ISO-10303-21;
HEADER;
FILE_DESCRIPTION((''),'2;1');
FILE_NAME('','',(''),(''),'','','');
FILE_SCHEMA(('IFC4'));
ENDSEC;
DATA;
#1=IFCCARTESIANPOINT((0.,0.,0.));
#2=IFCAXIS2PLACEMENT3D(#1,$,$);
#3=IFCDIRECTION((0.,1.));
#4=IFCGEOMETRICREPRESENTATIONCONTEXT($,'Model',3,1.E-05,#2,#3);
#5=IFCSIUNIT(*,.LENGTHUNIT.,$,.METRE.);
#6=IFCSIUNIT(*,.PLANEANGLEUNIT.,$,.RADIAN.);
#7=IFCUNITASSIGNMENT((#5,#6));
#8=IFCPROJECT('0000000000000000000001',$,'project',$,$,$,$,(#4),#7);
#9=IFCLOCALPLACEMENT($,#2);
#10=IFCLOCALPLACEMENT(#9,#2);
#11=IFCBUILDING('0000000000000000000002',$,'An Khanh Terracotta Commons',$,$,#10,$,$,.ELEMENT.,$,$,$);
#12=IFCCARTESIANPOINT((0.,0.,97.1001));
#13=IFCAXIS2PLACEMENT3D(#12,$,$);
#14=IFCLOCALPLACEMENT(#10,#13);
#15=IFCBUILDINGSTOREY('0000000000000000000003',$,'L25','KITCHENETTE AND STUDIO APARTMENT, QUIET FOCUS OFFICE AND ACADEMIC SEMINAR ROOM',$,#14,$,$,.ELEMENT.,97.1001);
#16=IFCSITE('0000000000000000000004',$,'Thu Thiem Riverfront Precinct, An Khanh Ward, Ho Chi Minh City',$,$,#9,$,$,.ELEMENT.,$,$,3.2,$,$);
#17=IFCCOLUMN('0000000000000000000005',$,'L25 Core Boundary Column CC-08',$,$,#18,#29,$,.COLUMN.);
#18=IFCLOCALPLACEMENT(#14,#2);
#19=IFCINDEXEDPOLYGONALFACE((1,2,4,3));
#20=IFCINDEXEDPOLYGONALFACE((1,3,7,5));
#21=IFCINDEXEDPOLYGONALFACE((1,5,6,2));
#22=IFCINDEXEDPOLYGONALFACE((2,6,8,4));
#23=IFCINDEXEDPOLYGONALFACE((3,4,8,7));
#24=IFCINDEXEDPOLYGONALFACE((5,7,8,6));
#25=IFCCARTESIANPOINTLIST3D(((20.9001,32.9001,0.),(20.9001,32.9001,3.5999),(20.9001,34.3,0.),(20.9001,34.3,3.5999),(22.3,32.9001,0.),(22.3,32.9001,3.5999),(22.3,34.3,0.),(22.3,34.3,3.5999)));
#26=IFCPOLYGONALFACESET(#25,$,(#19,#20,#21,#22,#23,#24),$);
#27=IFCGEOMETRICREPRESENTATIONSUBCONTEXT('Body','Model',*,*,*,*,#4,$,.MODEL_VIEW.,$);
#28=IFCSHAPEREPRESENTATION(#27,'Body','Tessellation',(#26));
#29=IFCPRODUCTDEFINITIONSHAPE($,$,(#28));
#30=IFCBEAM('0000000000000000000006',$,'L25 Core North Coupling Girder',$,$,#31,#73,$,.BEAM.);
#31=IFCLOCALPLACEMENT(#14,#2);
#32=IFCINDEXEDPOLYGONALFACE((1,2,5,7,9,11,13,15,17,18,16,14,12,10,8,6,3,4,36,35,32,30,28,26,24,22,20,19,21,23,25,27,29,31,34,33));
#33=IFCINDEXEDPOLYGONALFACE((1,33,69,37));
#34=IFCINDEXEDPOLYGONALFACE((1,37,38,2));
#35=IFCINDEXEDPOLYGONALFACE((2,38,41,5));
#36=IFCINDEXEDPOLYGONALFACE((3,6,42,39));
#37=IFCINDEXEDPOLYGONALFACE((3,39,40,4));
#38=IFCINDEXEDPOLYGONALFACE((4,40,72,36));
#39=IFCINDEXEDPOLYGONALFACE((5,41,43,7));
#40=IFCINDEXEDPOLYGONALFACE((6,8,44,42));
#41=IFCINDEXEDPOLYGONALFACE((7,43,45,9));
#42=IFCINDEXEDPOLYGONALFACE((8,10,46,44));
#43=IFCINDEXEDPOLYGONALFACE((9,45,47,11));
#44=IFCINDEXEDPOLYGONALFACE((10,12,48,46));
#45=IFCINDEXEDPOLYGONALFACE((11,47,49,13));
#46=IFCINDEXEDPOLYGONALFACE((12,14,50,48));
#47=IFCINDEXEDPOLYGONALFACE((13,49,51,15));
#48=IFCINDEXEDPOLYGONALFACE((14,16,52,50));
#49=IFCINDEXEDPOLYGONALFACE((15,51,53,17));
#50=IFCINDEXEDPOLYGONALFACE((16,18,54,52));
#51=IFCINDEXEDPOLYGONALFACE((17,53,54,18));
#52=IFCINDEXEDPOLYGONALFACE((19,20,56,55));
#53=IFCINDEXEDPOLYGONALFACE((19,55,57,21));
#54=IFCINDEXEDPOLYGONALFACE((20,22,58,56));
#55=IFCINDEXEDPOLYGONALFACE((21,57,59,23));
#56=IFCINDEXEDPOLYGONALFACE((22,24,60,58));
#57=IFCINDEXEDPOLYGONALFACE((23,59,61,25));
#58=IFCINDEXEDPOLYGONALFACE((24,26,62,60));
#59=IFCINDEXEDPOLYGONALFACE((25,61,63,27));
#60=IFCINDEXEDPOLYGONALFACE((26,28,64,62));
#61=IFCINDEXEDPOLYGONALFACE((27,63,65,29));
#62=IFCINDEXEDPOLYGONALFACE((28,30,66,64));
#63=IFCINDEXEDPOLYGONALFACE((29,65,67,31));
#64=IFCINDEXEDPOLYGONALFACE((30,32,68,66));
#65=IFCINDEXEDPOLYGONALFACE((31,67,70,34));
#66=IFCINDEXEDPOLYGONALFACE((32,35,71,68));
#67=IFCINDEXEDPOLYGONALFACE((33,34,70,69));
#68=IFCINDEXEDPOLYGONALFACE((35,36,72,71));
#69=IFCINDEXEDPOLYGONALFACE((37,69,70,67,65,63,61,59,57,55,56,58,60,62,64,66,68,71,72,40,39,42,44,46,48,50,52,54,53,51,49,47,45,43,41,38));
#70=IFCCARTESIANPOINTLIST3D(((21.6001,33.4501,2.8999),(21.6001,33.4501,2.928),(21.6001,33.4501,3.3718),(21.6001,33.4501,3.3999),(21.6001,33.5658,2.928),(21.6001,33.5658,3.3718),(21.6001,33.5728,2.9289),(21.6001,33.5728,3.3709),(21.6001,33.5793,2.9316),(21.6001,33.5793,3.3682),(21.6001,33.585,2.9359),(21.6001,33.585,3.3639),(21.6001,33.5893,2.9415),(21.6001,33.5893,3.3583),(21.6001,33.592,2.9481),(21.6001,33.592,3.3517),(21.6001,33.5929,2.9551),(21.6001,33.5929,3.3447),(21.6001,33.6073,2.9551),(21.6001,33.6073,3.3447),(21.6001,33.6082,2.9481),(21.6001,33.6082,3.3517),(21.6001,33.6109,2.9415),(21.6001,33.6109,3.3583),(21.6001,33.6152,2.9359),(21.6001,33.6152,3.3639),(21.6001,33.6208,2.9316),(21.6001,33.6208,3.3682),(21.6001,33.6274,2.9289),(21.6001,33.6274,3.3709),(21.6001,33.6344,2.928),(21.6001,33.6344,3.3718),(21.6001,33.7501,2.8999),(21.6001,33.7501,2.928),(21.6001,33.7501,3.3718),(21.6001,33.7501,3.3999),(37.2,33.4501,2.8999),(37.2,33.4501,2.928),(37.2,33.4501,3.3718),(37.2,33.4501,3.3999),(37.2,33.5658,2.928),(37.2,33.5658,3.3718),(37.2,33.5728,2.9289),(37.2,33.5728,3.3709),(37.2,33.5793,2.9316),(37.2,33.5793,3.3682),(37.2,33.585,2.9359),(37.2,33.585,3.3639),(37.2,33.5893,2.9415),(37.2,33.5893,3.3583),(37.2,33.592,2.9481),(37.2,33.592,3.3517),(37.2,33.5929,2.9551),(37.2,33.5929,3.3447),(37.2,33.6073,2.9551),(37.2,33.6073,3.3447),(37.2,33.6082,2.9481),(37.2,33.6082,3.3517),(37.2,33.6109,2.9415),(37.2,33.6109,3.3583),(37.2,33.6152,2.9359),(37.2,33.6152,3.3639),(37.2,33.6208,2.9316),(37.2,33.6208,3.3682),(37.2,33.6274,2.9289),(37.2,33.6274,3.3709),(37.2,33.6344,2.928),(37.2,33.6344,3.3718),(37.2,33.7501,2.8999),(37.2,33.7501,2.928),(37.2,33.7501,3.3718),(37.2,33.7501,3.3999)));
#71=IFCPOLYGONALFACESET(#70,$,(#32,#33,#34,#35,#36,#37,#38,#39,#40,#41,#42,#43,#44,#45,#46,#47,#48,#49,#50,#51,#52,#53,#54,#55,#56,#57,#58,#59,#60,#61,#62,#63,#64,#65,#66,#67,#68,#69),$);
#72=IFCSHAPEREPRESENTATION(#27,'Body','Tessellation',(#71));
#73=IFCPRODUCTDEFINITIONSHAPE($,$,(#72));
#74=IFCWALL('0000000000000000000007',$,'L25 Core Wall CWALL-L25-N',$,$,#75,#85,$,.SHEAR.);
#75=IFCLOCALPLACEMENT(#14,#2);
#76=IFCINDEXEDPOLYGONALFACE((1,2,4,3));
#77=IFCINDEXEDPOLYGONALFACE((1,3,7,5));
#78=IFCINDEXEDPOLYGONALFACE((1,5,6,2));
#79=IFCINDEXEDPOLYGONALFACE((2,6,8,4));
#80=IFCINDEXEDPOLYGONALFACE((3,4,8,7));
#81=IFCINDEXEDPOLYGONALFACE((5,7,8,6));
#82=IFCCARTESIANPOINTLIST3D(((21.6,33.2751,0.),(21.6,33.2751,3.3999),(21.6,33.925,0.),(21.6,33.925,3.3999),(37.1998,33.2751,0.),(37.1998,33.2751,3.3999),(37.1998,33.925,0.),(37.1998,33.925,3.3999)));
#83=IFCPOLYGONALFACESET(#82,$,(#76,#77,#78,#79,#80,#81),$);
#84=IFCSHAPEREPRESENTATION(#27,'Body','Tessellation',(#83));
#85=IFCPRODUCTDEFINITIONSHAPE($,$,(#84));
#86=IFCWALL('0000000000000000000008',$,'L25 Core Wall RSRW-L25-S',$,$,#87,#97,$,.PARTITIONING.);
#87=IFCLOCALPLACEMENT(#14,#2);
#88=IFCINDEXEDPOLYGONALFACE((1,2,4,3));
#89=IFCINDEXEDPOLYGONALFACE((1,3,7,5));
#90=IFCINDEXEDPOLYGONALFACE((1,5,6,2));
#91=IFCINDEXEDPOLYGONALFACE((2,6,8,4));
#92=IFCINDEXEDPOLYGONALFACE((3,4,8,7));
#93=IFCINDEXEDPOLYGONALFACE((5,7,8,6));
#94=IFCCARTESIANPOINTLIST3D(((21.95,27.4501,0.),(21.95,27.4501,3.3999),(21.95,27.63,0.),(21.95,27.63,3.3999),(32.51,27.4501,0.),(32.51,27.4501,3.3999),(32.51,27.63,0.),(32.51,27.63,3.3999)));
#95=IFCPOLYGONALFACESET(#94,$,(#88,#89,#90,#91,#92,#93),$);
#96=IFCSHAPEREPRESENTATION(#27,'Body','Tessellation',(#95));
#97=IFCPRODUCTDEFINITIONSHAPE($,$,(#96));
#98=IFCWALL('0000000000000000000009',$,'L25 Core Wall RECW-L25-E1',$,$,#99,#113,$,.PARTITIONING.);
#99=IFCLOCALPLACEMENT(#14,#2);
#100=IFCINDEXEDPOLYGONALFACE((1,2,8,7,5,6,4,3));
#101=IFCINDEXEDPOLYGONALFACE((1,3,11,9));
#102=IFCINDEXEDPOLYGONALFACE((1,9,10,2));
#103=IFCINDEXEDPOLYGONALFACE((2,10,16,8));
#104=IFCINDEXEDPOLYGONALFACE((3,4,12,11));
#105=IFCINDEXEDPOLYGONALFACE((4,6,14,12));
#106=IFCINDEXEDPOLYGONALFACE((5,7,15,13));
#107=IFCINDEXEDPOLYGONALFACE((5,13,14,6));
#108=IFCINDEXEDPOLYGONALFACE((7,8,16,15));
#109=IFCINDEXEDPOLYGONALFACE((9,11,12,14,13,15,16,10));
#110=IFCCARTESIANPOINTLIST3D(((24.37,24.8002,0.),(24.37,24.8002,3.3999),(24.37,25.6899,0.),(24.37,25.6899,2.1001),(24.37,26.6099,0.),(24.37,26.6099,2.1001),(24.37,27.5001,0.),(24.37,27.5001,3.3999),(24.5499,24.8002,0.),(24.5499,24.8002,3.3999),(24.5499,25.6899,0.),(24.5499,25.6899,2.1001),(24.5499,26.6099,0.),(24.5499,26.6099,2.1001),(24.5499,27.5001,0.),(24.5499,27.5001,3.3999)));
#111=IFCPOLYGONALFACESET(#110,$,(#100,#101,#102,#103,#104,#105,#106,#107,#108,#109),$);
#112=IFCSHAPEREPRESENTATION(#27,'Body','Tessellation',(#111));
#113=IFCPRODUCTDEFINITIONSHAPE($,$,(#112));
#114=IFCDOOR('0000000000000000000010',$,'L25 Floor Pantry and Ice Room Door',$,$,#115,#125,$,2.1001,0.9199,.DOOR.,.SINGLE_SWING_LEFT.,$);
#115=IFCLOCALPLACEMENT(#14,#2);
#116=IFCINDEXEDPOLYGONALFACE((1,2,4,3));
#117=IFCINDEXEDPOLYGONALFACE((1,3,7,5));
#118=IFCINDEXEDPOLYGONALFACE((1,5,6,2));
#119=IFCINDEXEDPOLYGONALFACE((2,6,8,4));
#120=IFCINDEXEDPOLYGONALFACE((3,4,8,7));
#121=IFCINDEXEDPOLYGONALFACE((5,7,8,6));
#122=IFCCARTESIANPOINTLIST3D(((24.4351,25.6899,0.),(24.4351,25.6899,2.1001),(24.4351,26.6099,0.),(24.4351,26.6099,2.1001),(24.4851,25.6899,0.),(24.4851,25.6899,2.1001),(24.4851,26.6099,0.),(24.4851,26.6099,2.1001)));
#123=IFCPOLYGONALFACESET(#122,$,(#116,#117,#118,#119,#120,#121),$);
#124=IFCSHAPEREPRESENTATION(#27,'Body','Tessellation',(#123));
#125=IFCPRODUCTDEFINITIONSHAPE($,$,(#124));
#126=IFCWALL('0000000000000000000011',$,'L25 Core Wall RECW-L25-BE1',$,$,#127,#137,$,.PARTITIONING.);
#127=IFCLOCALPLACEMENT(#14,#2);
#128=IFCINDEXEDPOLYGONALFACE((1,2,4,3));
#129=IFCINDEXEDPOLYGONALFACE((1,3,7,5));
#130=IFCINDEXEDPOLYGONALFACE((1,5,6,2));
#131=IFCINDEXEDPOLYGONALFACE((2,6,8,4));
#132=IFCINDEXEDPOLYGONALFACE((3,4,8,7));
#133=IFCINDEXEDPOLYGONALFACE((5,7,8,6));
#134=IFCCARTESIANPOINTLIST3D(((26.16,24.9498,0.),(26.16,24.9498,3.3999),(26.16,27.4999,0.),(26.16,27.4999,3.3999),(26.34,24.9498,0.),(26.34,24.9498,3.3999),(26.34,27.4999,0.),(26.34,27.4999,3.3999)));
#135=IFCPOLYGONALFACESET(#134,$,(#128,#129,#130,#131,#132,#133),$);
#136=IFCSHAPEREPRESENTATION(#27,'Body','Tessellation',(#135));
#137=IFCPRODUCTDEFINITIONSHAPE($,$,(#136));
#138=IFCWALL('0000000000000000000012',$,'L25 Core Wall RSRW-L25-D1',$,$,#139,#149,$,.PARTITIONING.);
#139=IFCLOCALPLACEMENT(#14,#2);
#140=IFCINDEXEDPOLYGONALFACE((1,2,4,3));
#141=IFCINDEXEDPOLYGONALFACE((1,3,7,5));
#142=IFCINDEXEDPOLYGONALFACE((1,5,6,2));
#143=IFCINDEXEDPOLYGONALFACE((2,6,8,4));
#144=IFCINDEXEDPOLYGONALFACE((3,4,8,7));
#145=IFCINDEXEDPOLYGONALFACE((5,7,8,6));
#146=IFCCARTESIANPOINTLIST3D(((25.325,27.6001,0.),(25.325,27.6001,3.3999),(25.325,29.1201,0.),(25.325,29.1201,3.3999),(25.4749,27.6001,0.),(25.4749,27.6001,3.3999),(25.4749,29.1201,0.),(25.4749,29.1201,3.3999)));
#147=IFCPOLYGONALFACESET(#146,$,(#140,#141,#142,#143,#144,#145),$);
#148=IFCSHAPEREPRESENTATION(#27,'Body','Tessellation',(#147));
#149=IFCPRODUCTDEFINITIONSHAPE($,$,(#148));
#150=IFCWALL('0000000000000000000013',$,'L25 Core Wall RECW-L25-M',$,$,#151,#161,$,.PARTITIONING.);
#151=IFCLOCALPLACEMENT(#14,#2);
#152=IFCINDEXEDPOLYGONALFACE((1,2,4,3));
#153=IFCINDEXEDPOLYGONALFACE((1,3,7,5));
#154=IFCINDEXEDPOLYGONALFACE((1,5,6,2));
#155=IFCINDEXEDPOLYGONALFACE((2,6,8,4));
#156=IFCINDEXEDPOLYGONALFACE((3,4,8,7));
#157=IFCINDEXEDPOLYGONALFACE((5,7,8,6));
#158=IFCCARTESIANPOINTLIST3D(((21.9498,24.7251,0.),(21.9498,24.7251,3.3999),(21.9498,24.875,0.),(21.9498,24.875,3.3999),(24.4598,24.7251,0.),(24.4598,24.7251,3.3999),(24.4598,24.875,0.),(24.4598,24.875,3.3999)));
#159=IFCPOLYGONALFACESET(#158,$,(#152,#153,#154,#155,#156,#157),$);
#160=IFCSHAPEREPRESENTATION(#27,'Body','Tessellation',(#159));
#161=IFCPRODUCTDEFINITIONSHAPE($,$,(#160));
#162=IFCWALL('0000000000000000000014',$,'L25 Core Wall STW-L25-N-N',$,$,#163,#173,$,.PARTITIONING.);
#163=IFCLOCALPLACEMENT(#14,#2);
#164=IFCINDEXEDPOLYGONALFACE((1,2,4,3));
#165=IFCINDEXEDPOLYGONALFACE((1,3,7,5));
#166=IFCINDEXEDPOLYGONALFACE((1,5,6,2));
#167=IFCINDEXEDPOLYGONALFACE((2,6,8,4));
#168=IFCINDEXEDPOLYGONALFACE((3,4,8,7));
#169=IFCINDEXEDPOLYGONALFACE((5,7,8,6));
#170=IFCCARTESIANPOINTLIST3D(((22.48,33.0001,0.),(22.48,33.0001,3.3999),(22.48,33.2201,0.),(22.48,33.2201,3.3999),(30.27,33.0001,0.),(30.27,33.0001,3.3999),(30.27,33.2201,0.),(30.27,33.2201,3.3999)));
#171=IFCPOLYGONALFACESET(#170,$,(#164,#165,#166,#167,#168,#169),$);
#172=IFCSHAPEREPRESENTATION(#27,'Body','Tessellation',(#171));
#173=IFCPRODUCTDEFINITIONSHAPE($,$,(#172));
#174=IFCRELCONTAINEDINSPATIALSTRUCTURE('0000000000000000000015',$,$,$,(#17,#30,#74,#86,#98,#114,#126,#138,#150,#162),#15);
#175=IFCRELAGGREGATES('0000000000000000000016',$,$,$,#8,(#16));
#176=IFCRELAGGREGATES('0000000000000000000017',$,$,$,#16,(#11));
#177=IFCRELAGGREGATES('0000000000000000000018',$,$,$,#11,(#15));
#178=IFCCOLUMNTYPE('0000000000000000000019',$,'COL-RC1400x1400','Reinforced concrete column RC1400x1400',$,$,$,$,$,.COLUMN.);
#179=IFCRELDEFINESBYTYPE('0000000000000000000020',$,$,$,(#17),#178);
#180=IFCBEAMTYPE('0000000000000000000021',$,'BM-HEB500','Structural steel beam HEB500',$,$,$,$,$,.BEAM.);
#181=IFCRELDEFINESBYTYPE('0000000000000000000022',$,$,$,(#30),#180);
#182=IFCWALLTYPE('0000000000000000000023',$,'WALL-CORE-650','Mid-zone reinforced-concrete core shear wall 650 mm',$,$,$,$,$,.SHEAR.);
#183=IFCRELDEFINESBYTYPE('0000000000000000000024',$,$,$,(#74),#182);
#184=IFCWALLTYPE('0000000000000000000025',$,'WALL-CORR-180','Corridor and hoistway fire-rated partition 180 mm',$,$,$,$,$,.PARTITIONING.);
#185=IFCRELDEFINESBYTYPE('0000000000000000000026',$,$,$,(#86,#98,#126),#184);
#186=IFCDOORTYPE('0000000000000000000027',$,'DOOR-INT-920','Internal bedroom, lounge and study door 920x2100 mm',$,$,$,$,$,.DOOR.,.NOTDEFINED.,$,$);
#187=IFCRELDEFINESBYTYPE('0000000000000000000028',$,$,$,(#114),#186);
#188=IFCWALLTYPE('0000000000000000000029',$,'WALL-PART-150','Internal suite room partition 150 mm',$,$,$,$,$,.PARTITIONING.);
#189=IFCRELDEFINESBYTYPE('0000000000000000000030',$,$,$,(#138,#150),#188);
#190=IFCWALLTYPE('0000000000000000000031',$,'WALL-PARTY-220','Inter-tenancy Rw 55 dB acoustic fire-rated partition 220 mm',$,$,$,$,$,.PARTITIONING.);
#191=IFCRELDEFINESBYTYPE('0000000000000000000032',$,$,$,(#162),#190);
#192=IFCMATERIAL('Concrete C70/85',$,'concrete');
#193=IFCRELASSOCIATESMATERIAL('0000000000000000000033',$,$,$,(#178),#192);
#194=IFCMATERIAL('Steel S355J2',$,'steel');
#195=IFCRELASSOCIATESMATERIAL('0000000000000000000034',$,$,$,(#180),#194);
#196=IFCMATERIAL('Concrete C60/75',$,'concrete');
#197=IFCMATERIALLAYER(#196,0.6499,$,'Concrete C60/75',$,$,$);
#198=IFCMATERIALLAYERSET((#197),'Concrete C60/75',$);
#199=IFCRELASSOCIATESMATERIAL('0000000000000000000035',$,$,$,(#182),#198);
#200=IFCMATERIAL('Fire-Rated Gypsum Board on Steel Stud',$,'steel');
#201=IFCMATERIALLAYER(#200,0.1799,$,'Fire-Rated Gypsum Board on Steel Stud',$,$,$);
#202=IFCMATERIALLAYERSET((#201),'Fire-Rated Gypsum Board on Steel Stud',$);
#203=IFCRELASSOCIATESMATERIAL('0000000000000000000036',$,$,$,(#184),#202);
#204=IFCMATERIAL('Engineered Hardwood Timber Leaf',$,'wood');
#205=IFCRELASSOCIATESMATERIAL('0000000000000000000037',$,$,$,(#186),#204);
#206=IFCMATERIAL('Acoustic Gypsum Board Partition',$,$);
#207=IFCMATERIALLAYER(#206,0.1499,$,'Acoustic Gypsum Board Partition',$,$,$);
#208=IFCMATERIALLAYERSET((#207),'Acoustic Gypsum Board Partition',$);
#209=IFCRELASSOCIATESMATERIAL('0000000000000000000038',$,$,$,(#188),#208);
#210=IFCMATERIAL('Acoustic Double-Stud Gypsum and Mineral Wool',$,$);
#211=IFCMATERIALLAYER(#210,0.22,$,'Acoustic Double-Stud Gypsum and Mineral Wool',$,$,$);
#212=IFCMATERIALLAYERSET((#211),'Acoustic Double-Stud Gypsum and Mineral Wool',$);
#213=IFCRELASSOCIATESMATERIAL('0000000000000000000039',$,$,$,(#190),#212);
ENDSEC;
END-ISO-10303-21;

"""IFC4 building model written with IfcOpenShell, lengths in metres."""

from ifc_helpers import new_model, si_unit, direction, frame, frame_2d, origin, origin_2d, place, context, subcontext, project, spatial, rectangle, i_section, extrude, material, layer, layer_set, material_profile, profile_set, type_object, element, fill, save


model = new_model("IFC4")

# Units and contexts
model_context = context("Model", 3, precision=1e-05, world=origin(), true_north=direction((0.0, 1.0)))
body_context = subcontext(model_context, "Body", "Model", "MODEL_VIEW")
ifc_project = project(units=[si_unit("LENGTHUNIT", "METRE"), si_unit("PLANEANGLEUNIT", "RADIAN")], contexts=[model_context])

# Site, building, storey
site_placement = place(None, origin())
site = spatial("IfcSite", under=ifc_project, at=site_placement, Name="Thu Thiem Riverfront Precinct, An Khanh Ward, Ho Chi Minh City", CompositionType="ELEMENT", RefElevation=3.2)
building_placement = place(site_placement, origin())
building = spatial("IfcBuilding", under=site, at=building_placement, Name="An Khanh Terracotta Commons", CompositionType="ELEMENT")
storey_placement = place(building_placement, frame((0.0, 0.0, 97.1001)))
storey = spatial("IfcBuildingStorey", under=building, at=storey_placement, Name="L25", Description="KITCHENETTE AND STUDIO APARTMENT, QUIET FOCUS OFFICE AND ACADEMIC SEMINAR ROOM", CompositionType="ELEMENT", Elevation=97.1001)

# Column
ifc_material_1 = material(Name="Concrete C70/85", Category="concrete")
ifc_material_profile_1 = material_profile(ifc_material_1, rectangle(XDim=1.3999, YDim=1.3999, at=origin_2d()), Name="RC1400x1400")
ifc_profile_set_1 = profile_set([ifc_material_profile_1], Name="Concrete C70/85")
column_type = type_object("IfcColumnType", Name="COL-RC1400x1400", Description="Reinforced concrete column RC1400x1400", PredefinedType="COLUMN", material=ifc_profile_set_1)
column_placement = place(storey_placement, frame((21.6001, 33.6001, 0.0), z_axis=(0.0, 0.0, 1.0), x_axis=(1.0, 0.0, 0.0)))
element("IfcColumn", 1, at=column_placement, inside=storey, type_object=column_type, Name="L25 Core Boundary Column CC-08", PredefinedType="COLUMN", context=body_context, shape_type="SweptSolid", body=[
    extrude(rectangle(XDim=1.3999, YDim=1.3999, at=origin_2d()), origin(), (0.0, 0.0, 1.0), 3.5999),
])

# Beam
ifc_material_2 = material(Name="Steel S355J2", Category="steel")
ifc_material_profile_2 = material_profile(ifc_material_2, i_section(OverallWidth=0.3, OverallDepth=0.5, WebThickness=0.0144, FlangeThickness=0.0281, FilletRadius=0.0271, at=origin_2d()), Name="HEB500")
ifc_profile_set_2 = profile_set([ifc_material_profile_2], Name="Steel S355J2")
beam_type = type_object("IfcBeamType", Name="BM-HEB500", Description="Structural steel beam HEB500", PredefinedType="BEAM", material=ifc_profile_set_2)
beam_placement = place(storey_placement, frame((21.6001, 33.6001, 3.1499), z_axis=(1.0, 0.0, 0.0), x_axis=(0.0, 1.0, 0.0)))
element("IfcBeam", 2, at=beam_placement, inside=storey, type_object=beam_type, Name="L25 Core North Coupling Girder", PredefinedType="BEAM", context=body_context, shape_type="SweptSolid", body=[
    extrude(i_section(OverallWidth=0.3, OverallDepth=0.5, WebThickness=0.0144, FlangeThickness=0.0281, FilletRadius=0.0271, at=origin_2d()), origin(), (0.0, 0.0, 1.0), 15.5999),
])

# Walls
ifc_material_3 = material(Name="Concrete C60/75", Category="concrete")
ifc_layer_1 = layer(ifc_material_3, 0.6499, Name="Concrete C60/75")
ifc_layer_set_1 = layer_set([ifc_layer_1], Name="Concrete C60/75")
wall_type_1 = type_object("IfcWallType", Name="WALL-CORE-650", Description="Mid-zone reinforced-concrete core shear wall 650 mm", PredefinedType="SHEAR", material=ifc_layer_set_1)
wall_1_placement = place(storey_placement, frame((21.6001, 33.6001, 0.0), z_axis=(0.0, 0.0, 1.0), x_axis=(1.0, 0.0, 0.0)))
element("IfcWall", 3, at=wall_1_placement, inside=storey, type_object=wall_type_1, Name="L25 Core Wall CWALL-L25-N", PredefinedType="SHEAR", context=body_context, shape_type="SweptSolid", body=[
    extrude(rectangle(XDim=15.5999, YDim=0.6499, at=frame_2d((7.7998, 0.0))), origin(), (0.0, 0.0, 1.0), 3.3999),
])
ifc_material_4 = material(Name="Fire-Rated Gypsum Board on Steel Stud", Category="steel")
ifc_layer_2 = layer(ifc_material_4, 0.1799, Name="Fire-Rated Gypsum Board on Steel Stud")
ifc_layer_set_2 = layer_set([ifc_layer_2], Name="Fire-Rated Gypsum Board on Steel Stud")
wall_type_2 = type_object("IfcWallType", Name="WALL-CORR-180", Description="Corridor and hoistway fire-rated partition 180 mm", PredefinedType="PARTITIONING", material=ifc_layer_set_2)
wall_2_placement = place(storey_placement, frame((21.95, 27.54, 0.0), z_axis=(0.0, 0.0, 1.0), x_axis=(1.0, 0.0, 0.0)))
element("IfcWall", 4, at=wall_2_placement, inside=storey, type_object=wall_type_2, Name="L25 Core Wall RSRW-L25-S", PredefinedType="PARTITIONING", context=body_context, shape_type="SweptSolid", body=[
    extrude(rectangle(XDim=10.5601, YDim=0.1799, at=frame_2d((5.28, 0.0))), origin(), (0.0, 0.0, 1.0), 3.3999),
])

# Wall, opening, door
wall_3_placement = place(storey_placement, frame((24.46, 24.8, 0.0), z_axis=(0.0, 0.0, 1.0), x_axis=(0.0, 1.0, 0.0)))
wall_3 = element("IfcWall", 5, at=wall_3_placement, inside=storey, type_object=wall_type_2, Name="L25 Core Wall RECW-L25-E1", PredefinedType="PARTITIONING", context=body_context, shape_type="SweptSolid", body=[
    extrude(rectangle(XDim=2.7, YDim=0.1799, at=frame_2d((1.3501, 0.0))), origin(), (0.0, 0.0, 1.0), 3.3999),
])
opening_1_placement = place(wall_3_placement, frame((0.8899, 0.0, 0.0)))
opening_1 = element("IfcOpeningElement", 6, at=opening_1_placement, cuts=wall_3, PredefinedType="OPENING", context=body_context, shape_type="SweptSolid", body=[
    extrude(rectangle(XDim=0.9199, YDim=2.1001, at=frame_2d((0.46, 1.05))), frame((0.0, 0.0999, 0.0), z_axis=(0.0, -1.0, 0.0), x_axis=(1.0, 0.0, 0.0)), (0.0, 0.0, 1.0), 0.2),
])
ifc_material_5 = material(Name="Engineered Hardwood Timber Leaf", Category="wood")
door_type_1 = type_object("IfcDoorType", Name="DOOR-INT-920", Description="Internal bedroom, lounge and study door 920x2100 mm", OperationType="NOTDEFINED", PredefinedType="DOOR", material=ifc_material_5)
door_1_placement = place(opening_1_placement, origin())
door_1 = element("IfcDoor", 7, at=door_1_placement, inside=storey, type_object=door_type_1, Name="L25 Floor Pantry and Ice Room Door", OperationType="SINGLE_SWING_LEFT", OverallHeight=2.1001, OverallWidth=0.9199, PredefinedType="DOOR", context=body_context, shape_type="SweptSolid", body=[
    extrude(rectangle(XDim=0.9199, YDim=2.1001, at=frame_2d((0.46, 1.05))), frame((0.0, 0.0249, 0.0), z_axis=(0.0, -1.0, 0.0), x_axis=(1.0, 0.0, 0.0)), (0.0, 0.0, 1.0), 0.05),
])
fill(opening_1, door_1)

# Walls
wall_4_placement = place(storey_placement, frame((26.25, 24.95, 0.0), z_axis=(0.0, 0.0, 1.0), x_axis=(0.0, 1.0, 0.0)))
element("IfcWall", 8, at=wall_4_placement, inside=storey, type_object=wall_type_2, Name="L25 Core Wall RECW-L25-BE1", PredefinedType="PARTITIONING", context=body_context, shape_type="SweptSolid", body=[
    extrude(rectangle(XDim=2.55, YDim=0.1799, at=frame_2d((1.2749, 0.0))), origin(), (0.0, 0.0, 1.0), 3.3999),
])
ifc_material_6 = material(Name="Acoustic Gypsum Board Partition")
ifc_layer_3 = layer(ifc_material_6, 0.1499, Name="Acoustic Gypsum Board Partition")
ifc_layer_set_3 = layer_set([ifc_layer_3], Name="Acoustic Gypsum Board Partition")
wall_type_3 = type_object("IfcWallType", Name="WALL-PART-150", Description="Internal suite room partition 150 mm", PredefinedType="PARTITIONING", material=ifc_layer_set_3)
wall_5_placement = place(storey_placement, frame((25.3999, 27.6001, 0.0), z_axis=(0.0, 0.0, 1.0), x_axis=(0.0, 1.0, 0.0)))
element("IfcWall", 9, at=wall_5_placement, inside=storey, type_object=wall_type_3, Name="L25 Core Wall RSRW-L25-D1", PredefinedType="PARTITIONING", context=body_context, shape_type="SweptSolid", body=[
    extrude(rectangle(XDim=1.52, YDim=0.1499, at=frame_2d((0.76, 0.0))), origin(), (0.0, 0.0, 1.0), 3.3999),
])
wall_6_placement = place(storey_placement, frame((21.95, 24.8, 0.0), z_axis=(0.0, 0.0, 1.0), x_axis=(1.0, 0.0, 0.0)))
element("IfcWall", 10, at=wall_6_placement, inside=storey, type_object=wall_type_3, Name="L25 Core Wall RECW-L25-M", PredefinedType="PARTITIONING", context=body_context, shape_type="SweptSolid", body=[
    extrude(rectangle(XDim=2.51, YDim=0.1499, at=frame_2d((1.2549, 0.0))), origin(), (0.0, 0.0, 1.0), 3.3999),
])
ifc_material_7 = material(Name="Acoustic Double-Stud Gypsum and Mineral Wool")
ifc_layer_4 = layer(ifc_material_7, 0.22, Name="Acoustic Double-Stud Gypsum and Mineral Wool")
ifc_layer_set_4 = layer_set([ifc_layer_4], Name="Acoustic Double-Stud Gypsum and Mineral Wool")
wall_type_4 = type_object("IfcWallType", Name="WALL-PARTY-220", Description="Inter-tenancy Rw 55 dB acoustic fire-rated partition 220 mm", PredefinedType="PARTITIONING", material=ifc_layer_set_4)
wall_7_placement = place(storey_placement, frame((22.48, 33.1101, 0.0), z_axis=(0.0, 0.0, 1.0), x_axis=(1.0, 0.0, 0.0)))
element("IfcWall", 11, at=wall_7_placement, inside=storey, type_object=wall_type_4, Name="L25 Core Wall STW-L25-N-N", PredefinedType="PARTITIONING", context=body_context, shape_type="SweptSolid", body=[
    extrude(rectangle(XDim=7.79, YDim=0.22, at=frame_2d((3.895, 0.0))), origin(), (0.0, 0.0, 1.0), 3.3999),
])

save(model, "model.ifc")
